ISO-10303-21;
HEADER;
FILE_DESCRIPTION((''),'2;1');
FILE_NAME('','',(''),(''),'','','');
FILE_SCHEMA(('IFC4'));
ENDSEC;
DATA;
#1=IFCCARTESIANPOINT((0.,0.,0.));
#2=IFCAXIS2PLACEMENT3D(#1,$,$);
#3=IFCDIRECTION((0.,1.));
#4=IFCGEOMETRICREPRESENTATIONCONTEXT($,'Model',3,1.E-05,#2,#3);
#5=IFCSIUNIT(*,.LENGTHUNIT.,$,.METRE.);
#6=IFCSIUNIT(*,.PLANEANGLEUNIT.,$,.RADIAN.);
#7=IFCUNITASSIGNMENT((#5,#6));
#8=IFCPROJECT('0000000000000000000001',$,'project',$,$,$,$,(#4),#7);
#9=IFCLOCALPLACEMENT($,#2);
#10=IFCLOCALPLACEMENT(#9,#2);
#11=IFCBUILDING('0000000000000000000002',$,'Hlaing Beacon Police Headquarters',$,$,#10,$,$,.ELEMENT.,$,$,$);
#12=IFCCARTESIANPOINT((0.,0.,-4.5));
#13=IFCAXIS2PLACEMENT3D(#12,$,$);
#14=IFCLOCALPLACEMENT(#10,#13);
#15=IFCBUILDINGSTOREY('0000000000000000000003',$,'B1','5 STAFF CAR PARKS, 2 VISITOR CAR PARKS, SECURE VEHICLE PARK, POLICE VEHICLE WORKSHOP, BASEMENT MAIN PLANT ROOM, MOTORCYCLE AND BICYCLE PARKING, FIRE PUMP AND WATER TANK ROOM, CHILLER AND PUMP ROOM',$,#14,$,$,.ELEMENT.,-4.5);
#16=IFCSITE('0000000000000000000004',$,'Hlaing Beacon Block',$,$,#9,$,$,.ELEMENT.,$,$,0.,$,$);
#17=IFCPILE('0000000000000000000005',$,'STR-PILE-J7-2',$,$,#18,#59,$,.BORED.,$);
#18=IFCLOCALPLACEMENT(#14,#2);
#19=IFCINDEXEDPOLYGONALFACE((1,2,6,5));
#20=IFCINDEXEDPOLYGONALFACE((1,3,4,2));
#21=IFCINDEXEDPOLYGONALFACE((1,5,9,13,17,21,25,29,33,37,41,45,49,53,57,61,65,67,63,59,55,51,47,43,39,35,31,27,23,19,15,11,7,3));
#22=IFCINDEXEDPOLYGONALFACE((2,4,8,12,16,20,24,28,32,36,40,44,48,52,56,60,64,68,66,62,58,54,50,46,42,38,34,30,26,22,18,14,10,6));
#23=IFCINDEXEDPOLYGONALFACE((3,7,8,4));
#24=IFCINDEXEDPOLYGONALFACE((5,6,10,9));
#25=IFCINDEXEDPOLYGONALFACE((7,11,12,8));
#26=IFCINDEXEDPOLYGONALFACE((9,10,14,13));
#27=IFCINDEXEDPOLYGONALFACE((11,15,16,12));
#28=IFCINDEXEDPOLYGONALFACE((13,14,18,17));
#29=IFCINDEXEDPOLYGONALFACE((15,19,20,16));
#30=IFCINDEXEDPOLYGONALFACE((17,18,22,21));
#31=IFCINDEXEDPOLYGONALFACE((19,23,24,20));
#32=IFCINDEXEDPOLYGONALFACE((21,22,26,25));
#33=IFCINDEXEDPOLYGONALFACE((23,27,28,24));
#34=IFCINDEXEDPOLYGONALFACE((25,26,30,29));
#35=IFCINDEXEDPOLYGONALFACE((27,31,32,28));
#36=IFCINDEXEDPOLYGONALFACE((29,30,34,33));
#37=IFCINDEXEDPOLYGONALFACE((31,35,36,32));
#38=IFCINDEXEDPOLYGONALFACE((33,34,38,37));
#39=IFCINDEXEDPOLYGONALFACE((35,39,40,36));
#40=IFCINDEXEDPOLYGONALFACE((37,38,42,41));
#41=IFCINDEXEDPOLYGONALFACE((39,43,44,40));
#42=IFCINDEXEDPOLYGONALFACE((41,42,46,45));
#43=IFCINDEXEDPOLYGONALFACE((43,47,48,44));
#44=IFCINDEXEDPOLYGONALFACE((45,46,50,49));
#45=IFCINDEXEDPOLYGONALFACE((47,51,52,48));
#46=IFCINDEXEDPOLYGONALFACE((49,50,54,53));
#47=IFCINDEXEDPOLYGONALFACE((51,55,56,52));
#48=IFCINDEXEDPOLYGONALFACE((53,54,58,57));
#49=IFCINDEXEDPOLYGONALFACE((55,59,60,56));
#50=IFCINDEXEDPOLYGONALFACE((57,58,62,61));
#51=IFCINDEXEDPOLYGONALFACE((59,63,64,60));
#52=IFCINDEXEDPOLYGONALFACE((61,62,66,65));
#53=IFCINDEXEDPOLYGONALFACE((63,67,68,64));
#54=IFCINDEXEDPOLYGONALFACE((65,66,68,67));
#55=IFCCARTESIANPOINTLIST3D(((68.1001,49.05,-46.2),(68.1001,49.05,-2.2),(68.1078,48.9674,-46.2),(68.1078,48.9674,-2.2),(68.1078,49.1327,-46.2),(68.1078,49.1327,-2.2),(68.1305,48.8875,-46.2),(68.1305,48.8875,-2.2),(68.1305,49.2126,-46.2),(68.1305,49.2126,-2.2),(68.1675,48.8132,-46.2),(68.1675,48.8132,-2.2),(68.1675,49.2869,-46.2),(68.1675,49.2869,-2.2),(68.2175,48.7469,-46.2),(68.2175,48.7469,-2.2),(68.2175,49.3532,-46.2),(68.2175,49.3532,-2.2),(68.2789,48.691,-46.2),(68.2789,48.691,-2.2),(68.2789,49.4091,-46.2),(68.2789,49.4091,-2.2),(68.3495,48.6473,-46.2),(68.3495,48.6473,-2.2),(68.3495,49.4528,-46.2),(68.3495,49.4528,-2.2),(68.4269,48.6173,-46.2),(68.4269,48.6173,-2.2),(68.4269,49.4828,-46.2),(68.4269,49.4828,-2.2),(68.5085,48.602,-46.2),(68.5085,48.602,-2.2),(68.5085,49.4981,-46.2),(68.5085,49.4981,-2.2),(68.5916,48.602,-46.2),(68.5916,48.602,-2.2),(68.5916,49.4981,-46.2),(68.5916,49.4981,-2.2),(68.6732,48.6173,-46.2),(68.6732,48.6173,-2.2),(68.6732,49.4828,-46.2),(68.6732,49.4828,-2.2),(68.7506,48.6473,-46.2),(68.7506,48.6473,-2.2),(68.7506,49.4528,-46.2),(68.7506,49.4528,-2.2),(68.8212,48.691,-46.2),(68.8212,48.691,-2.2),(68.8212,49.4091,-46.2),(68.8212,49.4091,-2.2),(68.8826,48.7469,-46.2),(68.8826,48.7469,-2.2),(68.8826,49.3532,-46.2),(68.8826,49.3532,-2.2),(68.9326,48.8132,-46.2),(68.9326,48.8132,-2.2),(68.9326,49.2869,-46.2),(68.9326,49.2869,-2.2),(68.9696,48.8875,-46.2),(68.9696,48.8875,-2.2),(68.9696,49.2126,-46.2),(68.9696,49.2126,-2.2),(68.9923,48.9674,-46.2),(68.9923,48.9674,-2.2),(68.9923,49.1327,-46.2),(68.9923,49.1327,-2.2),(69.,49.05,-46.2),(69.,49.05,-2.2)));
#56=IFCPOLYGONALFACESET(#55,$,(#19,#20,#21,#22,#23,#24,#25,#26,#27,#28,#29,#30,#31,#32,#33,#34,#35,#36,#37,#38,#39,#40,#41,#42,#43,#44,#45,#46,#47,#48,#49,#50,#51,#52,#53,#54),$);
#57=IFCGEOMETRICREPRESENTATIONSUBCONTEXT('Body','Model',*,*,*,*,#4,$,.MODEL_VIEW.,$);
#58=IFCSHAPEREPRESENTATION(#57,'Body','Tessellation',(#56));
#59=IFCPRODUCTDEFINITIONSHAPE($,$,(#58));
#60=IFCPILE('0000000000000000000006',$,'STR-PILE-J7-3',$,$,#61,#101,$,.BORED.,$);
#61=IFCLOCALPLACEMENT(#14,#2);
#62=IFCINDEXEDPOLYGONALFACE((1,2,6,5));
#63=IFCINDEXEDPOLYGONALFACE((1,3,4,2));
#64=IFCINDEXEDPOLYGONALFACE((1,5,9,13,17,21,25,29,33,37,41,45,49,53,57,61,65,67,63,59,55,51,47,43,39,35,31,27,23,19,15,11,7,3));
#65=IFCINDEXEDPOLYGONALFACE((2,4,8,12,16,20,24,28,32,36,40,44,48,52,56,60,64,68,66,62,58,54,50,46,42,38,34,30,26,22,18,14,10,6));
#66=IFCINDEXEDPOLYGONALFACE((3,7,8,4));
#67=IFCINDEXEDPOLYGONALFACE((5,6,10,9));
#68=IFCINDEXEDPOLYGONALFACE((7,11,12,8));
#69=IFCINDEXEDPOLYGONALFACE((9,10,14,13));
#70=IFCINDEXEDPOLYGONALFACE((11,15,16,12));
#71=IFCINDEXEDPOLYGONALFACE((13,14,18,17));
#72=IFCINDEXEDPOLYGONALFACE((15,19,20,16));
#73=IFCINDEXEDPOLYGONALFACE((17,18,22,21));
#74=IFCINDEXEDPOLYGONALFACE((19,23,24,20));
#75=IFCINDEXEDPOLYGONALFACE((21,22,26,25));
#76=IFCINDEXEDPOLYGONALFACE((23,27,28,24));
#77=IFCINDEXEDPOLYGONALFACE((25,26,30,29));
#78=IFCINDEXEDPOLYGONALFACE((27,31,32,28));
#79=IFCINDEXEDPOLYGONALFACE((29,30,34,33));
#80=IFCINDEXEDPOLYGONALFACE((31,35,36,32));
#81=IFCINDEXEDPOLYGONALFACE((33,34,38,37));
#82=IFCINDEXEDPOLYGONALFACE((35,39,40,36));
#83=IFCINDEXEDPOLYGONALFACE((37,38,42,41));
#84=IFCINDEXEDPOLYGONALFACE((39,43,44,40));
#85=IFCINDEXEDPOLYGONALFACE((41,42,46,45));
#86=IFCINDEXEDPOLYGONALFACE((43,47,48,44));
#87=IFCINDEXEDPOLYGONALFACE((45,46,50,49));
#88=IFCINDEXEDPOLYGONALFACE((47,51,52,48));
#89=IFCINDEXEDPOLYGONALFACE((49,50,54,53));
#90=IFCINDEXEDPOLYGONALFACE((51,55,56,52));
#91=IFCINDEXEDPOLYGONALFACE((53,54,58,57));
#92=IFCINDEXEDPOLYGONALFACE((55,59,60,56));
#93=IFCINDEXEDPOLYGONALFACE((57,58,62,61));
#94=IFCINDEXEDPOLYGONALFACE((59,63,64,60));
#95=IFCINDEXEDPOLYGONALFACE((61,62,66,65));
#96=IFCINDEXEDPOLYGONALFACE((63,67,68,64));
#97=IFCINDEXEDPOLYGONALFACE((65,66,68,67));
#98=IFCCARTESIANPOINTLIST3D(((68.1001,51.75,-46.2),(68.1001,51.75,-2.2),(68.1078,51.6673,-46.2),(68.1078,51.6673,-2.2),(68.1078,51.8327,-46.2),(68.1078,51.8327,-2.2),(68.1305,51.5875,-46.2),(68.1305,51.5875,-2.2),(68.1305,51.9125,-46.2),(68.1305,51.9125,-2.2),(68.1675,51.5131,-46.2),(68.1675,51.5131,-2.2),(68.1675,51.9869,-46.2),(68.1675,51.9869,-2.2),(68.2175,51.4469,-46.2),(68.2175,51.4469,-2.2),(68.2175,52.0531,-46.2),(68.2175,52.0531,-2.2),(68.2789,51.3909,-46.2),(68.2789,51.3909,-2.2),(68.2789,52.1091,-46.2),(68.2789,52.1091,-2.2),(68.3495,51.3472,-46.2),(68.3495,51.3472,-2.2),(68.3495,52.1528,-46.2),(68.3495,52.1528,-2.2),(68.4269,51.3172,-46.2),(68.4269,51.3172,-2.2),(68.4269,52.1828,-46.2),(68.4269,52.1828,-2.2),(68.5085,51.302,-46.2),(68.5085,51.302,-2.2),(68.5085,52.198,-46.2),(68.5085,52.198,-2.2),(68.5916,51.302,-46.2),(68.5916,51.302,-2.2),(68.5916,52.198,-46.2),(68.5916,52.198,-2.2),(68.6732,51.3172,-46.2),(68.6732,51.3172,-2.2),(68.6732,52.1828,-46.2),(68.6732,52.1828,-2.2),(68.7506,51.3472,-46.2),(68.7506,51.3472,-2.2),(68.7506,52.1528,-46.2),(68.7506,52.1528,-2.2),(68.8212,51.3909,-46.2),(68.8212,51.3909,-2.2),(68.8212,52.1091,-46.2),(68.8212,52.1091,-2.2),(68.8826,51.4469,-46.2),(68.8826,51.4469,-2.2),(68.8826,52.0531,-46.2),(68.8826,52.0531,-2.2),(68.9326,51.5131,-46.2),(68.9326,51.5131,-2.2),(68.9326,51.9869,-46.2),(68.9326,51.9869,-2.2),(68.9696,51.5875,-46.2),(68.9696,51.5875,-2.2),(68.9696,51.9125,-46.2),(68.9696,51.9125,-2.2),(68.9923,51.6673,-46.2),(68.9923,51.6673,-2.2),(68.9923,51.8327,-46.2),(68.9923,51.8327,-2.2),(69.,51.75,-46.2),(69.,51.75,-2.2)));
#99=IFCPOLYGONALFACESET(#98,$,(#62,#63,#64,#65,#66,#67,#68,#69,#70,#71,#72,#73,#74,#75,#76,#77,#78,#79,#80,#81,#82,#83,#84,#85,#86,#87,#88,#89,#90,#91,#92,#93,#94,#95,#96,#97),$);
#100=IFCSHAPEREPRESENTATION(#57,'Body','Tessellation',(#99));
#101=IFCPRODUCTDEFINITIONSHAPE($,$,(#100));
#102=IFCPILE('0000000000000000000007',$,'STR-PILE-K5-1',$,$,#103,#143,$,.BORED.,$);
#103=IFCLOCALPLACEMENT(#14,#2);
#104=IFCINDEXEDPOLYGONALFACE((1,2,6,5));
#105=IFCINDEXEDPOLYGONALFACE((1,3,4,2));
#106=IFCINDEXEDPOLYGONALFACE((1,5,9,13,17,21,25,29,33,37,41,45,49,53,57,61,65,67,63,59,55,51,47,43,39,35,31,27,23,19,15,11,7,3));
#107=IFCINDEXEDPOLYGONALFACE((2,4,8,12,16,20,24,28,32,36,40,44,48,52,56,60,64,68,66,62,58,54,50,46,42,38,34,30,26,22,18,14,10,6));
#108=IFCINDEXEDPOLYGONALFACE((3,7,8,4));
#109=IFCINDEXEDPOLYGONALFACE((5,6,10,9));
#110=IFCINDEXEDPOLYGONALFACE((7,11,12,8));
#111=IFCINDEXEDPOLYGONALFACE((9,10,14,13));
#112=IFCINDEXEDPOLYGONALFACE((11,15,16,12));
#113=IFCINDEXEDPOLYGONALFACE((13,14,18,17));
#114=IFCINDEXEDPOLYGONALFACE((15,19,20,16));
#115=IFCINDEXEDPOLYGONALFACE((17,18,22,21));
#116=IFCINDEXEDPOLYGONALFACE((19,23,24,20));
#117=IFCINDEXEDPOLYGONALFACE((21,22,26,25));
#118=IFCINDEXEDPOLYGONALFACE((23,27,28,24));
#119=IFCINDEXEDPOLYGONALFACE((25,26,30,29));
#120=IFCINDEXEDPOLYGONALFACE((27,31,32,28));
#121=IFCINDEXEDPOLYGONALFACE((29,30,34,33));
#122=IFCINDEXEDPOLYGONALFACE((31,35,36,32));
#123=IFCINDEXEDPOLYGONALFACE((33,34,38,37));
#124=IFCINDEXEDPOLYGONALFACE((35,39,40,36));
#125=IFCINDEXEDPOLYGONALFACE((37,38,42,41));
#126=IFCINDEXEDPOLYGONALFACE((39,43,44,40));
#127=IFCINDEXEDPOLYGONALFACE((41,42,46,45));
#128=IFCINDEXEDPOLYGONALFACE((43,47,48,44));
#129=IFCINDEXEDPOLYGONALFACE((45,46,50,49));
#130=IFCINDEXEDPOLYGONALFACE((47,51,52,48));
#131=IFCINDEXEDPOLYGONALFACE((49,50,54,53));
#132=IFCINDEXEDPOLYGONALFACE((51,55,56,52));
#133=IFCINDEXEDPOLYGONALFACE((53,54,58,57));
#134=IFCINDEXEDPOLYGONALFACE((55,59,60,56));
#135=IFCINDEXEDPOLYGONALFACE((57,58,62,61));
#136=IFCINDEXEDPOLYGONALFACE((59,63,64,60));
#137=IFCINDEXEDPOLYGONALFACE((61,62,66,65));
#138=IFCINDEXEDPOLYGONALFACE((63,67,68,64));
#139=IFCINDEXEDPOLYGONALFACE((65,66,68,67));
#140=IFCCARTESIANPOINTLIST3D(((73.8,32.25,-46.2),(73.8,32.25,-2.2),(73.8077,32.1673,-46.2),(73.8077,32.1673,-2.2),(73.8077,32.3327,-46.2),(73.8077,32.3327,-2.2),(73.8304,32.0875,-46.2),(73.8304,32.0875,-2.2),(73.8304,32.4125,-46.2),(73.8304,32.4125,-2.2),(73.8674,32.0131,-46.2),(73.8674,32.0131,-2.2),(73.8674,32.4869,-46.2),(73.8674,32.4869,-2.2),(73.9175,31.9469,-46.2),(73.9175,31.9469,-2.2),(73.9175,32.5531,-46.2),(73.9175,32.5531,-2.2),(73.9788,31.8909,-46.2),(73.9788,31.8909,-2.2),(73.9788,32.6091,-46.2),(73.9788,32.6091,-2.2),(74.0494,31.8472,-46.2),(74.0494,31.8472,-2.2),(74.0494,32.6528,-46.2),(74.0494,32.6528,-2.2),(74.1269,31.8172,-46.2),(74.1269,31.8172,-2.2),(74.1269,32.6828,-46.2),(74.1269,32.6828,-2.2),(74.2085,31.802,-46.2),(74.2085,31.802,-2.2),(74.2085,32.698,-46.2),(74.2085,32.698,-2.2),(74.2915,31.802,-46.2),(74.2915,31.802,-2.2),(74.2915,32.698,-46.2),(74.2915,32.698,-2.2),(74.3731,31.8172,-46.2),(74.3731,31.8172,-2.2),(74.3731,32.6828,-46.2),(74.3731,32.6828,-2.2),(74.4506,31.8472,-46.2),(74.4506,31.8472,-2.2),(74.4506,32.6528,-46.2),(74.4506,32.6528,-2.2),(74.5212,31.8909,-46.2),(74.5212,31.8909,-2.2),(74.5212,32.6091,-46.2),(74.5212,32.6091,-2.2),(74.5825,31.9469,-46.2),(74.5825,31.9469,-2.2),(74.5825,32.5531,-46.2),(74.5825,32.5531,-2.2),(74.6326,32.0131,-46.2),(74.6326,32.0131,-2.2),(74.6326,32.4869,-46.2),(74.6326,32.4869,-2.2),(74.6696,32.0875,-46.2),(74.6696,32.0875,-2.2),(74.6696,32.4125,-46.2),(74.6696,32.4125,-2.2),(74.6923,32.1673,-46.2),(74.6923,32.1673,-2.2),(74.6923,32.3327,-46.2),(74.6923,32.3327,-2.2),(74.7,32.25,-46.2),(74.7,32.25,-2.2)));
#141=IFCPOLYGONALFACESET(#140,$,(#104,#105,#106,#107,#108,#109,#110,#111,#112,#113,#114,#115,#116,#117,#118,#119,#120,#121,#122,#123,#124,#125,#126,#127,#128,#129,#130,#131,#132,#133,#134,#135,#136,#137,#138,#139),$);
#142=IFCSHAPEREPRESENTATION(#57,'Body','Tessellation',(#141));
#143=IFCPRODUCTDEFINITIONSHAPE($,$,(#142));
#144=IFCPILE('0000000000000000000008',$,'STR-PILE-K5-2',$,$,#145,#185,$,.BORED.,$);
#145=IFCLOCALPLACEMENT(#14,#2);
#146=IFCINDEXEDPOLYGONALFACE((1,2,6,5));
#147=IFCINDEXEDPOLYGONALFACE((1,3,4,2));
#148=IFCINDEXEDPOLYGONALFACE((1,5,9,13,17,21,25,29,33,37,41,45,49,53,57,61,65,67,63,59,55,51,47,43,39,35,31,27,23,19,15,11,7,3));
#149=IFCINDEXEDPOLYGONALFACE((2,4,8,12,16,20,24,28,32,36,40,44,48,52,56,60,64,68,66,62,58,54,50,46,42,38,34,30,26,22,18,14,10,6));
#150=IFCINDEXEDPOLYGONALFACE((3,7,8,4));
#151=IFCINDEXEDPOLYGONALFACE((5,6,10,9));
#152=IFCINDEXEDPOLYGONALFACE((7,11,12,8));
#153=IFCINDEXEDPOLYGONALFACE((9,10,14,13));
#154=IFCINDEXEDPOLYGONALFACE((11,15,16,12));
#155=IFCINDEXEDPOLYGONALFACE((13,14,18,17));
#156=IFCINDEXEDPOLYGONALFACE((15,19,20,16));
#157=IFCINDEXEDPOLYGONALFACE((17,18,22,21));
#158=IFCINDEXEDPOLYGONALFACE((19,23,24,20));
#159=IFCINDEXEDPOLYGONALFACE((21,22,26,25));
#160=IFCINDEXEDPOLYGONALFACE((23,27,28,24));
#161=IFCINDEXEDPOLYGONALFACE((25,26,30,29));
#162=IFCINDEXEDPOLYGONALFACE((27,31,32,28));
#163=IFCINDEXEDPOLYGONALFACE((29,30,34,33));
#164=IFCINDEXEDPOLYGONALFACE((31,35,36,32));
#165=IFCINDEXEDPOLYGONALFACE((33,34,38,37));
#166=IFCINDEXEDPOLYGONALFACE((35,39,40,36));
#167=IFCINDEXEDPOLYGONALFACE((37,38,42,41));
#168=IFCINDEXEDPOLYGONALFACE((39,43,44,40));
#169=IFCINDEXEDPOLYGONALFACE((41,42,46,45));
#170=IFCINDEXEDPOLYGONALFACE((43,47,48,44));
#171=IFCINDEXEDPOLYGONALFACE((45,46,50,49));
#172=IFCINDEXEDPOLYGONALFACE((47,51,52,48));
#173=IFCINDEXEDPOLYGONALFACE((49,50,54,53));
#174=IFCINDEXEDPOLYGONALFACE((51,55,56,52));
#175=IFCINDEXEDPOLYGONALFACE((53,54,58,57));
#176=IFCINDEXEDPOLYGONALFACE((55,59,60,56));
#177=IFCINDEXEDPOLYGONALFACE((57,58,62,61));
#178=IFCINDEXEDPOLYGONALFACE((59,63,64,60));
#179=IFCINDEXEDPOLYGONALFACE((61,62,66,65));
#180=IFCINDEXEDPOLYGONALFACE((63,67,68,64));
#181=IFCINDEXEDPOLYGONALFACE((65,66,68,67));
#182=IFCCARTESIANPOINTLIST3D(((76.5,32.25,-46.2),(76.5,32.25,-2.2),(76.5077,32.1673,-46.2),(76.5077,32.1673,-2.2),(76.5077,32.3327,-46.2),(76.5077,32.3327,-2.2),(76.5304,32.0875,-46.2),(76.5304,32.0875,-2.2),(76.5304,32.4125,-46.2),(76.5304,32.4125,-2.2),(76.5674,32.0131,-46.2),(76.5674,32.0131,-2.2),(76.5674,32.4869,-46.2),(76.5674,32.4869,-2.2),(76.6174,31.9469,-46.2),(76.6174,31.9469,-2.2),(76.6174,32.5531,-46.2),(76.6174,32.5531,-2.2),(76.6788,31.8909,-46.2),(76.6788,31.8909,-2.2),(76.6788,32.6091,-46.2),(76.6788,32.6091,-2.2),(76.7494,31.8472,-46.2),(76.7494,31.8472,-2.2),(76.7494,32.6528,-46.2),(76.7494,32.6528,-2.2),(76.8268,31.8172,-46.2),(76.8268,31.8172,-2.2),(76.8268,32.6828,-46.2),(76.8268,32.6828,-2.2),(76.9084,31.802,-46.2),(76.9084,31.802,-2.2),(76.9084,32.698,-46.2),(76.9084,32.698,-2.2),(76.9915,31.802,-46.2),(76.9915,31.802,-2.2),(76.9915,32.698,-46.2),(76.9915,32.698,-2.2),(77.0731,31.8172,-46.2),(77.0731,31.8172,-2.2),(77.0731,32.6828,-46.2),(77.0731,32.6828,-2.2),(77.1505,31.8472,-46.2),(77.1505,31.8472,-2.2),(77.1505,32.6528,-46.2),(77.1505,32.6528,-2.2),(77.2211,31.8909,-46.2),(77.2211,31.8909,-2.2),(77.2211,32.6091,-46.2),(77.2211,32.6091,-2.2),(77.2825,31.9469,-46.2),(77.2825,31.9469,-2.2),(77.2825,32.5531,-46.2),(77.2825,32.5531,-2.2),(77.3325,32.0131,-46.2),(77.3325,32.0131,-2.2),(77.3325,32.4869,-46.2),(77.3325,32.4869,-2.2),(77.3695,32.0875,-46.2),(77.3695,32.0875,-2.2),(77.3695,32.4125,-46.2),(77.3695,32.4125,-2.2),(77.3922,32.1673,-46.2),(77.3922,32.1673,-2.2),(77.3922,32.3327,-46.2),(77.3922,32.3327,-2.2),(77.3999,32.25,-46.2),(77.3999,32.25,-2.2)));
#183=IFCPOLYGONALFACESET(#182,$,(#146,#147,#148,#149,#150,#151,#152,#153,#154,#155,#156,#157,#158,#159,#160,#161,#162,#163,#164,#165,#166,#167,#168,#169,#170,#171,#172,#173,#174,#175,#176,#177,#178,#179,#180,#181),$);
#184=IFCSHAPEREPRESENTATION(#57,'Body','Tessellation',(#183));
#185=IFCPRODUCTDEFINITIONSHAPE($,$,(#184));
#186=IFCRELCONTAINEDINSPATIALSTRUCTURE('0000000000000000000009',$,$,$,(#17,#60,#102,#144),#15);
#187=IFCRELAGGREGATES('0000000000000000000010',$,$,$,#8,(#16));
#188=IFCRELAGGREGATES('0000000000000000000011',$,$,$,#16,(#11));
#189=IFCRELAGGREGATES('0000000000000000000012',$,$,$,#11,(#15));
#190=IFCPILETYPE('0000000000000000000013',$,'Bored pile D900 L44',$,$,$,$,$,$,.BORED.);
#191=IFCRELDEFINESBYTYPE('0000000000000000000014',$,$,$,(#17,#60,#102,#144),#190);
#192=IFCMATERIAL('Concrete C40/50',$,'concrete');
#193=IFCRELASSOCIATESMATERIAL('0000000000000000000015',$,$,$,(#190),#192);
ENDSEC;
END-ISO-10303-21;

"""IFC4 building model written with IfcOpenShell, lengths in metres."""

from ifc_helpers import new_model, si_unit, direction, frame, origin, origin_2d, place, context, subcontext, project, spatial, circle, extrude, material, material_profile, profile_set, type_object, element, save


model = new_model("IFC4")

# Units and contexts
model_context = context("Model", 3, precision=1e-05, world=origin(), true_north=direction((0.0, 1.0)))
body_context = subcontext(model_context, "Body", "Model", "MODEL_VIEW")
ifc_project = project(units=[si_unit("LENGTHUNIT", "METRE"), si_unit("PLANEANGLEUNIT", "RADIAN")], contexts=[model_context])

# Site, building, storey
site_placement = place(None, origin())
site = spatial("IfcSite", under=ifc_project, at=site_placement, Name="Hlaing Beacon Block", CompositionType="ELEMENT", RefElevation=0.0)
building_placement = place(site_placement, origin())
building = spatial("IfcBuilding", under=site, at=building_placement, Name="Hlaing Beacon Police Headquarters", CompositionType="ELEMENT")
storey_placement = place(building_placement, frame((0.0, 0.0, -4.5)))
storey = spatial("IfcBuildingStorey", under=building, at=storey_placement, Name="B1", Description="5 STAFF CAR PARKS, 2 VISITOR CAR PARKS, SECURE VEHICLE PARK, POLICE VEHICLE WORKSHOP, BASEMENT MAIN PLANT ROOM, MOTORCYCLE AND BICYCLE PARKING, FIRE PUMP AND WATER TANK ROOM, CHILLER AND PUMP ROOM", CompositionType="ELEMENT", Elevation=-4.5)

# Piles
ifc_material_1 = material(Name="Concrete C40/50", Category="concrete")
ifc_material_profile_1 = material_profile(ifc_material_1, circle(Radius=0.45, at=origin_2d()), Name="D900")
ifc_profile_set_1 = profile_set([ifc_material_profile_1], Name="Concrete C40/50")
pile_type_1 = type_object("IfcPileType", Name="Bored pile D900 L44", PredefinedType="BORED", material=ifc_profile_set_1)
for number, where, z_axis, x_axis, name in (
    (1, (68.55, 49.05, -2.2), (0.0, 0.0, -1.0), (1.0, 0.0, 0.0), "STR-PILE-J7-2"),
    (2, (68.55, 51.75, -2.2), (0.0, 0.0, -1.0), (1.0, 0.0, 0.0), "STR-PILE-J7-3"),
    (3, (74.25, 32.25, -2.2), (0.0, 0.0, -1.0), (1.0, 0.0, 0.0), "STR-PILE-K5-1"),
    (4, (76.95, 32.25, -2.2), (0.0, 0.0, -1.0), (1.0, 0.0, 0.0), "STR-PILE-K5-2"),
):
    element("IfcPile", number, at=place(storey_placement, frame(where, z_axis=z_axis, x_axis=x_axis)), inside=storey, type_object=pile_type_1, Name=name, PredefinedType="BORED", context=body_context, shape_type="SweptSolid", body=[
        extrude(circle(Radius=0.45, at=origin_2d()), origin(), (0.0, 0.0, 1.0), 44.0),
    ])

save(model, "model.ifc")
